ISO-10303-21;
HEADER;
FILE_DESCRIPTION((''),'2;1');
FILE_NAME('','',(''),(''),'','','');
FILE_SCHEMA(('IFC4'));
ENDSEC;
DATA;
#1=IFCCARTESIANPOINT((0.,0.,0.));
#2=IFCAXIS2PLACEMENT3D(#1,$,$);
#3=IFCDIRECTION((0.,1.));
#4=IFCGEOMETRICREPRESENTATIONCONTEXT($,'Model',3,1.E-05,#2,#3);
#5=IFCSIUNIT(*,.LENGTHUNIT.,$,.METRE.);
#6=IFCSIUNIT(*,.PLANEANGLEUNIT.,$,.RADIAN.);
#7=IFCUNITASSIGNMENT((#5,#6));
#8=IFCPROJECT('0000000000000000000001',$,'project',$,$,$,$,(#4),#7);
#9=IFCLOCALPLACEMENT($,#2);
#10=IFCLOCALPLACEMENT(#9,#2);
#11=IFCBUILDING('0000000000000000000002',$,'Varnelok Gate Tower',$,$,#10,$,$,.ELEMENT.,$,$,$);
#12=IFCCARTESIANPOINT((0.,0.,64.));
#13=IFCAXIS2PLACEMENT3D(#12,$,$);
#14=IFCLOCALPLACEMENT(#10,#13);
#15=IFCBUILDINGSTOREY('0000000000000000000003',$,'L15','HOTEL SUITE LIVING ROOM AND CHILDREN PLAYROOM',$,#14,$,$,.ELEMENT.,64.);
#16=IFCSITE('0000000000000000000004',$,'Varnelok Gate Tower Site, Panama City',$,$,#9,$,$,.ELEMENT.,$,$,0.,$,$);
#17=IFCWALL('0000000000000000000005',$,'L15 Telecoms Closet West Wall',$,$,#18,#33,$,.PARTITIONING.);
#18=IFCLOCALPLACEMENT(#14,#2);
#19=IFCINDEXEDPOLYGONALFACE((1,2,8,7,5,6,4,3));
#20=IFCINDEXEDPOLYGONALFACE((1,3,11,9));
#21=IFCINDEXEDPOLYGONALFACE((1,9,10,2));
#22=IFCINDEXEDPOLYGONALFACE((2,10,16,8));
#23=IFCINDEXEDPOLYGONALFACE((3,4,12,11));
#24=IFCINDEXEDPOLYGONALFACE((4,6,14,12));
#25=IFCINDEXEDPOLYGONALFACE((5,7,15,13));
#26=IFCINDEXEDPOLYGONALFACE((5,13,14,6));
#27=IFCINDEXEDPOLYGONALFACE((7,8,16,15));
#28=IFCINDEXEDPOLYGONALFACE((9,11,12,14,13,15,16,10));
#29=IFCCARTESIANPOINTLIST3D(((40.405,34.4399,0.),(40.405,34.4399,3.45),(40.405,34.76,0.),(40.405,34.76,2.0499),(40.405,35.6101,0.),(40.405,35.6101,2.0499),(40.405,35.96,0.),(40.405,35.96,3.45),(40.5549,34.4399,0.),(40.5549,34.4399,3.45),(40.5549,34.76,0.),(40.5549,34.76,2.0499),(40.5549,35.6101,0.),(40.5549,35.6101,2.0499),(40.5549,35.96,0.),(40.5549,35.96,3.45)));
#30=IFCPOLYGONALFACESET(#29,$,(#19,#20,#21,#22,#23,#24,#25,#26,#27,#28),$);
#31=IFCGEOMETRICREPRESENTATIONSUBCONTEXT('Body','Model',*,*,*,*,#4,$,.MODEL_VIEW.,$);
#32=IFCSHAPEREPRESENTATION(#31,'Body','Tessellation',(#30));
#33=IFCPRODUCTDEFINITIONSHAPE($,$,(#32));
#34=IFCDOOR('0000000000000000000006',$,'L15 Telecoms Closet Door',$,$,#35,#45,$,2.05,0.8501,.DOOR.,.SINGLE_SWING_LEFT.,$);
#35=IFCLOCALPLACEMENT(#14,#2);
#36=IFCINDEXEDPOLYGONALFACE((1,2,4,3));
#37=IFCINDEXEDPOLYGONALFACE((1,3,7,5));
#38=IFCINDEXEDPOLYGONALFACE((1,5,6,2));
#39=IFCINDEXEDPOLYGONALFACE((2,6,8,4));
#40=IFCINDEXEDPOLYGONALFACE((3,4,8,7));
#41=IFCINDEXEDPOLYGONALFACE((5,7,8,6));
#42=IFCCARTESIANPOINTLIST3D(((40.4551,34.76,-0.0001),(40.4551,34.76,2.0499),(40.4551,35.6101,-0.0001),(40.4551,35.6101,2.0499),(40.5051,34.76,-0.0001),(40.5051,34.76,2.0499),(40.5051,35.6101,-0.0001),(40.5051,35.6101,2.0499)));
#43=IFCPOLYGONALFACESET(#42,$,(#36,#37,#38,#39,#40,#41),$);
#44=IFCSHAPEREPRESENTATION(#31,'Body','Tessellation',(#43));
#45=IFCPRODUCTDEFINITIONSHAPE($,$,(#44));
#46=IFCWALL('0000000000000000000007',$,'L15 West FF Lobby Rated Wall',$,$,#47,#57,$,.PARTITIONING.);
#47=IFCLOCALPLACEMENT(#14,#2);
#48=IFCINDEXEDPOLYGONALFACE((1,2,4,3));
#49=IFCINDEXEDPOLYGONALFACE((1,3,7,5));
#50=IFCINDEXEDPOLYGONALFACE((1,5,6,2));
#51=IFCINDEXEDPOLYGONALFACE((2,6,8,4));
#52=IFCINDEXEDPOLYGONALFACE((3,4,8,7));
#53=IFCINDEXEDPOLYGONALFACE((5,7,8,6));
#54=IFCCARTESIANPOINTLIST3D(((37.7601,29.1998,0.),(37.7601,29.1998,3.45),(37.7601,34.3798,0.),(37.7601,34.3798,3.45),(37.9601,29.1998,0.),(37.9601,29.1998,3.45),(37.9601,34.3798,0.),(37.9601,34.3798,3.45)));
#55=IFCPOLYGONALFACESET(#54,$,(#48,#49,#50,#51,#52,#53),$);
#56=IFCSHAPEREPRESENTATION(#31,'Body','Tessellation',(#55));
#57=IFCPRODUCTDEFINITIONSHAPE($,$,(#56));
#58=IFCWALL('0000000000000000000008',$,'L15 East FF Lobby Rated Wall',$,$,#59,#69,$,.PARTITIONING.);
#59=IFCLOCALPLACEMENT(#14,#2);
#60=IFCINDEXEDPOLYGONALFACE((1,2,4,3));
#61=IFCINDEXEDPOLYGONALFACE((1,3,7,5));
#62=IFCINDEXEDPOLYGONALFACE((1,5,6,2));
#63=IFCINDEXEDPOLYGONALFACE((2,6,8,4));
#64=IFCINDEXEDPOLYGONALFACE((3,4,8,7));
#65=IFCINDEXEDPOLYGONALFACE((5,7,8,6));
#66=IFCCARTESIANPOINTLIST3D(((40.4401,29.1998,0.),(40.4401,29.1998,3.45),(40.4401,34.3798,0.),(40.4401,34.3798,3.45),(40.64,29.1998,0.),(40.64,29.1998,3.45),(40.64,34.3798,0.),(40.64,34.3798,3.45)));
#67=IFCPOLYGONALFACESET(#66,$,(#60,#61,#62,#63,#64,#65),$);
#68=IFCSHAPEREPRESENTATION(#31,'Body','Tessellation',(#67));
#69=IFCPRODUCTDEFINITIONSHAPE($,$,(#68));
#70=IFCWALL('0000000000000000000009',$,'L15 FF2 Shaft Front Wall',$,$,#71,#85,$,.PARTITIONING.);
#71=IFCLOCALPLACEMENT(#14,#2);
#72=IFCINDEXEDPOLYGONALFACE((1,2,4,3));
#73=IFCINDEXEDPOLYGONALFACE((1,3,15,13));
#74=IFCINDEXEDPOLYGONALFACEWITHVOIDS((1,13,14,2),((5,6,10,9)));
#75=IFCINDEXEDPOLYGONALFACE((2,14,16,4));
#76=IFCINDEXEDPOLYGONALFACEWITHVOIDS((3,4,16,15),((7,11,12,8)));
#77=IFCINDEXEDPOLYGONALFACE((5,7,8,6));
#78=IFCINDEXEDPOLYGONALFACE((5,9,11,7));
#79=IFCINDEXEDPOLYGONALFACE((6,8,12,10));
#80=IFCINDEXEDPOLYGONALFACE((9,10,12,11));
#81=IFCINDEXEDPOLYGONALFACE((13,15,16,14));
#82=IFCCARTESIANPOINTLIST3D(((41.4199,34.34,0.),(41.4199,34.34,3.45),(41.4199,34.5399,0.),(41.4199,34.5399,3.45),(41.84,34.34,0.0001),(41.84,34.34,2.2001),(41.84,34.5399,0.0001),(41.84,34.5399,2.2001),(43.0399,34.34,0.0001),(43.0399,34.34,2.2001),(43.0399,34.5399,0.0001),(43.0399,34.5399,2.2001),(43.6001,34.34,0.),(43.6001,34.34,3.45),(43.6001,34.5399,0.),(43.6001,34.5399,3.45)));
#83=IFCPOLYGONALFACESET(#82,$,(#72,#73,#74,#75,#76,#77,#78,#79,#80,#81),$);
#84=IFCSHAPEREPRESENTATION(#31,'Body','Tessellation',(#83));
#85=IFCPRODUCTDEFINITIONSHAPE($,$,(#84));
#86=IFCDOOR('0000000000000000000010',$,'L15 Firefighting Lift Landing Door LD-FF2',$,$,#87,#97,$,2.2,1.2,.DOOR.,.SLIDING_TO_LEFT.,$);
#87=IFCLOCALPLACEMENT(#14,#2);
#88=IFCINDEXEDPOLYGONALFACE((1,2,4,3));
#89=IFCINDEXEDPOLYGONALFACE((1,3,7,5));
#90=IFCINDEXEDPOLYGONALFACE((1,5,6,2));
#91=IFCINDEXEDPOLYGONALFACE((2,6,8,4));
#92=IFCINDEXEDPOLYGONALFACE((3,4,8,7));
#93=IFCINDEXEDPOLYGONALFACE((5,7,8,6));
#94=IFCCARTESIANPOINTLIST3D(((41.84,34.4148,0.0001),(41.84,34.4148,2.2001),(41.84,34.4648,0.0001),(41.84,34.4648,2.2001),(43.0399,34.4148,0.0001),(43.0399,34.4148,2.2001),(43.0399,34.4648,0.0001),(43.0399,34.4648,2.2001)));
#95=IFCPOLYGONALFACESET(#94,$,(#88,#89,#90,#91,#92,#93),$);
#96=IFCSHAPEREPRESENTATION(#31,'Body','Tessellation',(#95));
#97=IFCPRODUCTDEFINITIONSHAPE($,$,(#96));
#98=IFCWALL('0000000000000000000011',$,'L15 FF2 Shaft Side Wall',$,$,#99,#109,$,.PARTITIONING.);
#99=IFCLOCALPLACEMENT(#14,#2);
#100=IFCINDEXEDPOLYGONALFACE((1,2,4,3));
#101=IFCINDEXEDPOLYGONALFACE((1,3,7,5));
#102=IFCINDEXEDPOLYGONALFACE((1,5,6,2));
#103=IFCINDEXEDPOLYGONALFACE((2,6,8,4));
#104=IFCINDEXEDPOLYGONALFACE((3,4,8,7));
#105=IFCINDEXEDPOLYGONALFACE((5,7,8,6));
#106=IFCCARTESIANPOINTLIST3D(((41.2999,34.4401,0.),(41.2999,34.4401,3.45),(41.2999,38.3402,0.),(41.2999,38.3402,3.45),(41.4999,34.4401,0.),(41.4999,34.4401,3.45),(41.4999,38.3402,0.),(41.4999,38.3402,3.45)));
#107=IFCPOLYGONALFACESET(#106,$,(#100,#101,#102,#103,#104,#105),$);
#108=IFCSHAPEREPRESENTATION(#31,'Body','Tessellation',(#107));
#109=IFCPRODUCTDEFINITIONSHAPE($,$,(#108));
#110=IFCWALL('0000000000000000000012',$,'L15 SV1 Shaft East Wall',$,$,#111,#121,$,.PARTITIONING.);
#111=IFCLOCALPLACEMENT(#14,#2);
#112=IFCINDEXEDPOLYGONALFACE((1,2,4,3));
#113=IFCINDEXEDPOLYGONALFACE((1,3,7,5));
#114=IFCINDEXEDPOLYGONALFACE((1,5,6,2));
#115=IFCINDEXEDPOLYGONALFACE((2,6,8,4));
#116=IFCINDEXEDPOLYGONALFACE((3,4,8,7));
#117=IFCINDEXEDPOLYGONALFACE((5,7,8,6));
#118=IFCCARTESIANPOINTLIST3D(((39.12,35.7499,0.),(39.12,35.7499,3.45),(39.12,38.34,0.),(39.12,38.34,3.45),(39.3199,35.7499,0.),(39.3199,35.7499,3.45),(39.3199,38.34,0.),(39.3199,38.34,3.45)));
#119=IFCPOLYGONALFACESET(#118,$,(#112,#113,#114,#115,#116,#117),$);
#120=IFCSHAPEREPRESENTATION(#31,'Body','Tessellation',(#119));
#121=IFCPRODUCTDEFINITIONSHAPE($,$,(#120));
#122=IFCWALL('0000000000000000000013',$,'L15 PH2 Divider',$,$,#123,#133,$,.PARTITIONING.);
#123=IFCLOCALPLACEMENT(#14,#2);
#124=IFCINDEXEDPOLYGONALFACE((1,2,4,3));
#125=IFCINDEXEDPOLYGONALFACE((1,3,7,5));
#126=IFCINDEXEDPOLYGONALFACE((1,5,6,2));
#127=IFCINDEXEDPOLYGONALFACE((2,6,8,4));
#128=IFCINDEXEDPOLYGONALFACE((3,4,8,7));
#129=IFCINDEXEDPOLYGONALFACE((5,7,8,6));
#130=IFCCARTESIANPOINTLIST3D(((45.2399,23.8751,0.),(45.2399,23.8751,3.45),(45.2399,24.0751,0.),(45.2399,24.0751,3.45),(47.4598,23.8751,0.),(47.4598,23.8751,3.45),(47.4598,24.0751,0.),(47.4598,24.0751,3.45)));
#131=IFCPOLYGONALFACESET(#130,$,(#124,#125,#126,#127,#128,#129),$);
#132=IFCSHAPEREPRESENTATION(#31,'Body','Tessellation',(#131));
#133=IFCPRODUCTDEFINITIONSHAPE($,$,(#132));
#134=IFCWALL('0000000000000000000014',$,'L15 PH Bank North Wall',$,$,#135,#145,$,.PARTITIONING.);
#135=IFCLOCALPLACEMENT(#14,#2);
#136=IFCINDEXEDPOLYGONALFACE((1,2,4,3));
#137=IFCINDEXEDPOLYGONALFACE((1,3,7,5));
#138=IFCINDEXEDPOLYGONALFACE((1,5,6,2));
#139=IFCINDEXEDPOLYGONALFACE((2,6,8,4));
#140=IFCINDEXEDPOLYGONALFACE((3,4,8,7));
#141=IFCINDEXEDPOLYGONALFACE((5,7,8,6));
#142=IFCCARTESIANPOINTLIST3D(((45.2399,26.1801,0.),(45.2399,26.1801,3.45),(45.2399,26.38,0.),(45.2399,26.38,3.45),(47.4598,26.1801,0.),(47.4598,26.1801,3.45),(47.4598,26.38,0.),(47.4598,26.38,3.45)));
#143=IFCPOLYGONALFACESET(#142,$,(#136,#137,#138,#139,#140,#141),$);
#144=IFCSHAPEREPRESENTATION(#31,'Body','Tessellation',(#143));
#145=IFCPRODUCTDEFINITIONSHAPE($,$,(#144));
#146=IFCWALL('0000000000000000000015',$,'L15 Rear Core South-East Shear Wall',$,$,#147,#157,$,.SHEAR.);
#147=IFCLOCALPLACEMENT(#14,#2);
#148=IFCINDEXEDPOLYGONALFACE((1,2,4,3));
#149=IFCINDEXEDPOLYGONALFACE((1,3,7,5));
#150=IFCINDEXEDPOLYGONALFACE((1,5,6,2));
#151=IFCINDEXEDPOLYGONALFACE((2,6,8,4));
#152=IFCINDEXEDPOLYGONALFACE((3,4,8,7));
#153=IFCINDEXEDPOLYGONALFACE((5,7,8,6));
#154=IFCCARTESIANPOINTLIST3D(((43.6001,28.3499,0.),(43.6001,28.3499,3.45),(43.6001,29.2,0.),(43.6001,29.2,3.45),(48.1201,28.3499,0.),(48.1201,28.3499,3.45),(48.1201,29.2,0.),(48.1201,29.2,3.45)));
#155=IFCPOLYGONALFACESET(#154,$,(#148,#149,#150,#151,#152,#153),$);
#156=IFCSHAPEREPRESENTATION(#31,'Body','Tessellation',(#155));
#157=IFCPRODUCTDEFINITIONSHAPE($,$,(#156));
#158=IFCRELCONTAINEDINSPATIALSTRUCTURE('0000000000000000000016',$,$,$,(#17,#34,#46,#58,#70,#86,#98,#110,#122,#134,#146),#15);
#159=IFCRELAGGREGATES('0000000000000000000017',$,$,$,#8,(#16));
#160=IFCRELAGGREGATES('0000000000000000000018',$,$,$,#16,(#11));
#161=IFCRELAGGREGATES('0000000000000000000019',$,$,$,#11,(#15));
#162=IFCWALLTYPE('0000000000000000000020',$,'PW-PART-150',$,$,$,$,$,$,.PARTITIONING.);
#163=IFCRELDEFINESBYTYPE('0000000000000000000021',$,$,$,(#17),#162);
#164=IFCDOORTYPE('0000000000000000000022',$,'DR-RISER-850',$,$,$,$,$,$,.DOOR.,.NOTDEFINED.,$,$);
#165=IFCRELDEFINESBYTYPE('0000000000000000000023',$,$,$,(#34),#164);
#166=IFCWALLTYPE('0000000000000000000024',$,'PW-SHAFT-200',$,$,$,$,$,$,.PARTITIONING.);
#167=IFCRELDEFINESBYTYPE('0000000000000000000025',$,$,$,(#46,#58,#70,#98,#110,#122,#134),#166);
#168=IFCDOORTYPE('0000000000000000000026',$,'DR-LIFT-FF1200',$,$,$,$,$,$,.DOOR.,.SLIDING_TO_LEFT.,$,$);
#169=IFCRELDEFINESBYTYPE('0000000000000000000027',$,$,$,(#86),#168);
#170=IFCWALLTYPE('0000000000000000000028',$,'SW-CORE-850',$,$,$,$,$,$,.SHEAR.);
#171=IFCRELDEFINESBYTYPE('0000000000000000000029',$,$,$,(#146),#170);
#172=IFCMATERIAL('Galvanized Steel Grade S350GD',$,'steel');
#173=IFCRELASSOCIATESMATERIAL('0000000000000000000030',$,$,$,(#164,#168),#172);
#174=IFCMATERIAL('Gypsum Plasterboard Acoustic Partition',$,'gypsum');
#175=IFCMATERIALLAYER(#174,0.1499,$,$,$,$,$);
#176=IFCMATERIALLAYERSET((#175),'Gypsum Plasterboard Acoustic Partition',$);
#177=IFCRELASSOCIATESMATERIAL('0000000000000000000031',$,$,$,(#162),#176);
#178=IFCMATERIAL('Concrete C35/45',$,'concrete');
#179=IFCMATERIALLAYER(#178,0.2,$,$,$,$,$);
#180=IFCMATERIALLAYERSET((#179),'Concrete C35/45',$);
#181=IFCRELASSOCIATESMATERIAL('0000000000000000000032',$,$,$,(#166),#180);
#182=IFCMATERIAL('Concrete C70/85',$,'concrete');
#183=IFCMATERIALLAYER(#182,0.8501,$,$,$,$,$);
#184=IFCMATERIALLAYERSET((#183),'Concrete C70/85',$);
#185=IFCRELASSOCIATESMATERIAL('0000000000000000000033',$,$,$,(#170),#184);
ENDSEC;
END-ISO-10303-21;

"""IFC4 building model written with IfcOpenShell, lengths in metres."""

from ifc_helpers import new_model, si_unit, direction, frame, frame_2d, origin, place, context, subcontext, project, spatial, rectangle, extrude, material, layer, layer_set, type_object, element, fill, save


model = new_model("IFC4")

# Units and contexts
model_context = context("Model", 3, precision=1e-05, world=origin(), true_north=direction((0.0, 1.0)))
body_context = subcontext(model_context, "Body", "Model", "MODEL_VIEW")
ifc_project = project(units=[si_unit("LENGTHUNIT", "METRE"), si_unit("PLANEANGLEUNIT", "RADIAN")], contexts=[model_context])

# Site, building, storey
site_placement = place(None, origin())
site = spatial("IfcSite", under=ifc_project, at=site_placement, Name="Varnelok Gate Tower Site, Panama City", CompositionType="ELEMENT", RefElevation=0.0)
building_placement = place(site_placement, origin())
building = spatial("IfcBuilding", under=site, at=building_placement, Name="Varnelok Gate Tower", CompositionType="ELEMENT")
storey_placement = place(building_placement, frame((0.0, 0.0, 64.0)))
storey = spatial("IfcBuildingStorey", under=building, at=storey_placement, Name="L15", Description="HOTEL SUITE LIVING ROOM AND CHILDREN PLAYROOM", CompositionType="ELEMENT", Elevation=64.0)

# Shared definitions
ifc_material_1 = material(Name="Concrete C70/85", Category="concrete")

# Shared definitions
ifc_material_2 = material(Name="Gypsum Plasterboard Acoustic Partition", Category="gypsum")

# Shared definitions
ifc_material_3 = material(Name="Galvanized Steel Grade S350GD", Category="steel")
door_type_1 = type_object("IfcDoorType", Name="DR-RISER-850", OperationType="NOTDEFINED", PredefinedType="DOOR", material=ifc_material_3)

# Wall, opening, door
ifc_layer_1 = layer(ifc_material_2, 0.1499)
ifc_layer_set_1 = layer_set([ifc_layer_1], Name="Gypsum Plasterboard Acoustic Partition")
wall_type_1 = type_object("IfcWallType", Name="PW-PART-150", PredefinedType="PARTITIONING", material=ifc_layer_set_1)
wall_1_placement = place(storey_placement, frame((40.48, 34.4399, 0.0), z_axis=(0.0, 0.0, 1.0), x_axis=(0.0, 1.0, 0.0)))
wall_1 = element("IfcWall", 1, at=wall_1_placement, inside=storey, type_object=wall_type_1, Name="L15 Telecoms Closet West Wall", PredefinedType="PARTITIONING", context=body_context, shape_type="SweptSolid", body=[
    extrude(rectangle(XDim=1.52, YDim=0.1499, at=frame_2d((0.76, 0.0))), origin(), (0.0, 0.0, 1.0), 3.45),
])
opening_1_placement = place(wall_1_placement, frame((0.3201, 0.0, 0.0)))
opening_1 = element("IfcOpeningElement", 2, at=opening_1_placement, cuts=wall_1, PredefinedType="OPENING", context=body_context, shape_type="SweptSolid", body=[
    extrude(rectangle(XDim=0.8501, YDim=2.05, at=frame_2d((0.425, 1.0249))), frame((0.0, 0.085, 0.0), z_axis=(0.0, -1.0, 0.0), x_axis=(1.0, 0.0, 0.0)), (0.0, 0.0, 1.0), 0.1699),
])
door_1_placement = place(opening_1_placement, origin())
door_1 = element("IfcDoor", 3, at=door_1_placement, inside=storey, type_object=door_type_1, Name="L15 Telecoms Closet Door", OperationType="SINGLE_SWING_LEFT", OverallHeight=2.05, OverallWidth=0.8501, PredefinedType="DOOR", context=body_context, shape_type="SweptSolid", body=[
    extrude(rectangle(XDim=0.8501, YDim=2.05, at=frame_2d((0.425, 1.0249))), frame((0.0, 0.0249, 0.0), z_axis=(0.0, -1.0, 0.0), x_axis=(1.0, 0.0, 0.0)), (0.0, 0.0, 1.0), 0.05),
])
fill(opening_1, door_1)

# Walls
ifc_material_4 = material(Name="Concrete C35/45", Category="concrete")
ifc_layer_2 = layer(ifc_material_4, 0.2)
ifc_layer_set_2 = layer_set([ifc_layer_2], Name="Concrete C35/45")
wall_type_2 = type_object("IfcWallType", Name="PW-SHAFT-200", PredefinedType="PARTITIONING", material=ifc_layer_set_2)
for number, where, z_axis, x_axis, name in (
    (4, (37.8601, 29.2, 0.0), (0.0, 0.0, 1.0), (0.0, 1.0, 0.0), "L15 West FF Lobby Rated Wall"),
    (5, (40.54, 29.2, 0.0), (0.0, 0.0, 1.0), (0.0, 1.0, 0.0), "L15 East FF Lobby Rated Wall"),
):
    element("IfcWall", number, at=place(storey_placement, frame(where, z_axis=z_axis, x_axis=x_axis)), inside=storey, type_object=wall_type_2, Name=name, PredefinedType="PARTITIONING", context=body_context, shape_type="SweptSolid", body=[
        extrude(rectangle(XDim=5.1799, YDim=0.2, at=frame_2d((2.5898, 0.0))), origin(), (0.0, 0.0, 1.0), 3.45),
    ])

# Wall, opening, door
wall_2_placement = place(storey_placement, frame((41.4199, 34.4399, 0.0), z_axis=(0.0, 0.0, 1.0), x_axis=(1.0, 0.0, 0.0)))
wall_2 = element("IfcWall", 6, at=wall_2_placement, inside=storey, type_object=wall_type_2, Name="L15 FF2 Shaft Front Wall", PredefinedType="PARTITIONING", context=body_context, shape_type="SweptSolid", body=[
    extrude(rectangle(XDim=2.1802, YDim=0.2, at=frame_2d((1.0901, 0.0))), origin(), (0.0, 0.0, 1.0), 3.45),
])
opening_2_placement = place(wall_2_placement, frame((0.4199, 0.0, 0.0)))
opening_2 = element("IfcOpeningElement", 7, at=opening_2_placement, cuts=wall_2, PredefinedType="OPENING", context=body_context, shape_type="SweptSolid", body=[
    extrude(rectangle(XDim=1.2, YDim=2.2, at=frame_2d((0.6001, 1.1001))), frame((0.0, 0.1099, 0.0), z_axis=(0.0, -1.0, 0.0), x_axis=(1.0, 0.0, 0.0)), (0.0, 0.0, 1.0), 0.22),
])
door_type_2 = type_object("IfcDoorType", Name="DR-LIFT-FF1200", OperationType="SLIDING_TO_LEFT", PredefinedType="DOOR", material=ifc_material_3)
door_2_placement = place(opening_2_placement, origin())
door_2 = element("IfcDoor", 8, at=door_2_placement, inside=storey, type_object=door_type_2, Name="L15 Firefighting Lift Landing Door LD-FF2", OperationType="SLIDING_TO_LEFT", OverallHeight=2.2, OverallWidth=1.2, PredefinedType="DOOR", context=body_context, shape_type="SweptSolid", body=[
    extrude(rectangle(XDim=1.2, YDim=2.2, at=frame_2d((0.6001, 1.1001))), frame((0.0, 0.0249, 0.0), z_axis=(0.0, -1.0, 0.0), x_axis=(1.0, 0.0, 0.0)), (0.0, 0.0, 1.0), 0.05),
])
fill(opening_2, door_2)

# Walls
wall_3_placement = place(storey_placement, frame((41.3999, 34.4399, 0.0), z_axis=(0.0, 0.0, 1.0), x_axis=(0.0, 1.0, 0.0)))
element("IfcWall", 9, at=wall_3_placement, inside=storey, type_object=wall_type_2, Name="L15 FF2 Shaft Side Wall", PredefinedType="PARTITIONING", context=body_context, shape_type="SweptSolid", body=[
    extrude(rectangle(XDim=3.9001, YDim=0.2, at=frame_2d((1.9502, 0.0))), origin(), (0.0, 0.0, 1.0), 3.45),
])
wall_4_placement = place(storey_placement, frame((39.22, 35.75, 0.0), z_axis=(0.0, 0.0, 1.0), x_axis=(0.0, 1.0, 0.0)))
element("IfcWall", 10, at=wall_4_placement, inside=storey, type_object=wall_type_2, Name="L15 SV1 Shaft East Wall", PredefinedType="PARTITIONING", context=body_context, shape_type="SweptSolid", body=[
    extrude(rectangle(XDim=2.5901, YDim=0.2, at=frame_2d((1.2949, 0.0))), origin(), (0.0, 0.0, 1.0), 3.45),
])
for number, where, z_axis, x_axis, name in (
    (11, (45.24, 23.9751, 0.0), (0.0, 0.0, 1.0), (1.0, 0.0, 0.0), "L15 PH2 Divider"),
    (12, (45.24, 26.28, 0.0), (0.0, 0.0, 1.0), (1.0, 0.0, 0.0), "L15 PH Bank North Wall"),
):
    element("IfcWall", number, at=place(storey_placement, frame(where, z_axis=z_axis, x_axis=x_axis)), inside=storey, type_object=wall_type_2, Name=name, PredefinedType="PARTITIONING", context=body_context, shape_type="SweptSolid", body=[
        extrude(rectangle(XDim=2.22, YDim=0.2, at=frame_2d((1.1099, 0.0))), origin(), (0.0, 0.0, 1.0), 3.45),
    ])
ifc_layer_3 = layer(ifc_material_1, 0.8501)
ifc_layer_set_3 = layer_set([ifc_layer_3], Name="Concrete C70/85")
wall_type_3 = type_object("IfcWallType", Name="SW-CORE-850", PredefinedType="SHEAR", material=ifc_layer_set_3)
wall_5_placement = place(storey_placement, frame((43.6001, 28.7749, 0.0), z_axis=(0.0, 0.0, 1.0), x_axis=(1.0, 0.0, 0.0)))
element("IfcWall", 13, at=wall_5_placement, inside=storey, type_object=wall_type_3, Name="L15 Rear Core South-East Shear Wall", PredefinedType="SHEAR", context=body_context, shape_type="SweptSolid", body=[
    extrude(rectangle(XDim=4.52, YDim=0.8501, at=frame_2d((2.26, 0.0))), origin(), (0.0, 0.0, 1.0), 3.45),
])

save(model, "model.ifc")
